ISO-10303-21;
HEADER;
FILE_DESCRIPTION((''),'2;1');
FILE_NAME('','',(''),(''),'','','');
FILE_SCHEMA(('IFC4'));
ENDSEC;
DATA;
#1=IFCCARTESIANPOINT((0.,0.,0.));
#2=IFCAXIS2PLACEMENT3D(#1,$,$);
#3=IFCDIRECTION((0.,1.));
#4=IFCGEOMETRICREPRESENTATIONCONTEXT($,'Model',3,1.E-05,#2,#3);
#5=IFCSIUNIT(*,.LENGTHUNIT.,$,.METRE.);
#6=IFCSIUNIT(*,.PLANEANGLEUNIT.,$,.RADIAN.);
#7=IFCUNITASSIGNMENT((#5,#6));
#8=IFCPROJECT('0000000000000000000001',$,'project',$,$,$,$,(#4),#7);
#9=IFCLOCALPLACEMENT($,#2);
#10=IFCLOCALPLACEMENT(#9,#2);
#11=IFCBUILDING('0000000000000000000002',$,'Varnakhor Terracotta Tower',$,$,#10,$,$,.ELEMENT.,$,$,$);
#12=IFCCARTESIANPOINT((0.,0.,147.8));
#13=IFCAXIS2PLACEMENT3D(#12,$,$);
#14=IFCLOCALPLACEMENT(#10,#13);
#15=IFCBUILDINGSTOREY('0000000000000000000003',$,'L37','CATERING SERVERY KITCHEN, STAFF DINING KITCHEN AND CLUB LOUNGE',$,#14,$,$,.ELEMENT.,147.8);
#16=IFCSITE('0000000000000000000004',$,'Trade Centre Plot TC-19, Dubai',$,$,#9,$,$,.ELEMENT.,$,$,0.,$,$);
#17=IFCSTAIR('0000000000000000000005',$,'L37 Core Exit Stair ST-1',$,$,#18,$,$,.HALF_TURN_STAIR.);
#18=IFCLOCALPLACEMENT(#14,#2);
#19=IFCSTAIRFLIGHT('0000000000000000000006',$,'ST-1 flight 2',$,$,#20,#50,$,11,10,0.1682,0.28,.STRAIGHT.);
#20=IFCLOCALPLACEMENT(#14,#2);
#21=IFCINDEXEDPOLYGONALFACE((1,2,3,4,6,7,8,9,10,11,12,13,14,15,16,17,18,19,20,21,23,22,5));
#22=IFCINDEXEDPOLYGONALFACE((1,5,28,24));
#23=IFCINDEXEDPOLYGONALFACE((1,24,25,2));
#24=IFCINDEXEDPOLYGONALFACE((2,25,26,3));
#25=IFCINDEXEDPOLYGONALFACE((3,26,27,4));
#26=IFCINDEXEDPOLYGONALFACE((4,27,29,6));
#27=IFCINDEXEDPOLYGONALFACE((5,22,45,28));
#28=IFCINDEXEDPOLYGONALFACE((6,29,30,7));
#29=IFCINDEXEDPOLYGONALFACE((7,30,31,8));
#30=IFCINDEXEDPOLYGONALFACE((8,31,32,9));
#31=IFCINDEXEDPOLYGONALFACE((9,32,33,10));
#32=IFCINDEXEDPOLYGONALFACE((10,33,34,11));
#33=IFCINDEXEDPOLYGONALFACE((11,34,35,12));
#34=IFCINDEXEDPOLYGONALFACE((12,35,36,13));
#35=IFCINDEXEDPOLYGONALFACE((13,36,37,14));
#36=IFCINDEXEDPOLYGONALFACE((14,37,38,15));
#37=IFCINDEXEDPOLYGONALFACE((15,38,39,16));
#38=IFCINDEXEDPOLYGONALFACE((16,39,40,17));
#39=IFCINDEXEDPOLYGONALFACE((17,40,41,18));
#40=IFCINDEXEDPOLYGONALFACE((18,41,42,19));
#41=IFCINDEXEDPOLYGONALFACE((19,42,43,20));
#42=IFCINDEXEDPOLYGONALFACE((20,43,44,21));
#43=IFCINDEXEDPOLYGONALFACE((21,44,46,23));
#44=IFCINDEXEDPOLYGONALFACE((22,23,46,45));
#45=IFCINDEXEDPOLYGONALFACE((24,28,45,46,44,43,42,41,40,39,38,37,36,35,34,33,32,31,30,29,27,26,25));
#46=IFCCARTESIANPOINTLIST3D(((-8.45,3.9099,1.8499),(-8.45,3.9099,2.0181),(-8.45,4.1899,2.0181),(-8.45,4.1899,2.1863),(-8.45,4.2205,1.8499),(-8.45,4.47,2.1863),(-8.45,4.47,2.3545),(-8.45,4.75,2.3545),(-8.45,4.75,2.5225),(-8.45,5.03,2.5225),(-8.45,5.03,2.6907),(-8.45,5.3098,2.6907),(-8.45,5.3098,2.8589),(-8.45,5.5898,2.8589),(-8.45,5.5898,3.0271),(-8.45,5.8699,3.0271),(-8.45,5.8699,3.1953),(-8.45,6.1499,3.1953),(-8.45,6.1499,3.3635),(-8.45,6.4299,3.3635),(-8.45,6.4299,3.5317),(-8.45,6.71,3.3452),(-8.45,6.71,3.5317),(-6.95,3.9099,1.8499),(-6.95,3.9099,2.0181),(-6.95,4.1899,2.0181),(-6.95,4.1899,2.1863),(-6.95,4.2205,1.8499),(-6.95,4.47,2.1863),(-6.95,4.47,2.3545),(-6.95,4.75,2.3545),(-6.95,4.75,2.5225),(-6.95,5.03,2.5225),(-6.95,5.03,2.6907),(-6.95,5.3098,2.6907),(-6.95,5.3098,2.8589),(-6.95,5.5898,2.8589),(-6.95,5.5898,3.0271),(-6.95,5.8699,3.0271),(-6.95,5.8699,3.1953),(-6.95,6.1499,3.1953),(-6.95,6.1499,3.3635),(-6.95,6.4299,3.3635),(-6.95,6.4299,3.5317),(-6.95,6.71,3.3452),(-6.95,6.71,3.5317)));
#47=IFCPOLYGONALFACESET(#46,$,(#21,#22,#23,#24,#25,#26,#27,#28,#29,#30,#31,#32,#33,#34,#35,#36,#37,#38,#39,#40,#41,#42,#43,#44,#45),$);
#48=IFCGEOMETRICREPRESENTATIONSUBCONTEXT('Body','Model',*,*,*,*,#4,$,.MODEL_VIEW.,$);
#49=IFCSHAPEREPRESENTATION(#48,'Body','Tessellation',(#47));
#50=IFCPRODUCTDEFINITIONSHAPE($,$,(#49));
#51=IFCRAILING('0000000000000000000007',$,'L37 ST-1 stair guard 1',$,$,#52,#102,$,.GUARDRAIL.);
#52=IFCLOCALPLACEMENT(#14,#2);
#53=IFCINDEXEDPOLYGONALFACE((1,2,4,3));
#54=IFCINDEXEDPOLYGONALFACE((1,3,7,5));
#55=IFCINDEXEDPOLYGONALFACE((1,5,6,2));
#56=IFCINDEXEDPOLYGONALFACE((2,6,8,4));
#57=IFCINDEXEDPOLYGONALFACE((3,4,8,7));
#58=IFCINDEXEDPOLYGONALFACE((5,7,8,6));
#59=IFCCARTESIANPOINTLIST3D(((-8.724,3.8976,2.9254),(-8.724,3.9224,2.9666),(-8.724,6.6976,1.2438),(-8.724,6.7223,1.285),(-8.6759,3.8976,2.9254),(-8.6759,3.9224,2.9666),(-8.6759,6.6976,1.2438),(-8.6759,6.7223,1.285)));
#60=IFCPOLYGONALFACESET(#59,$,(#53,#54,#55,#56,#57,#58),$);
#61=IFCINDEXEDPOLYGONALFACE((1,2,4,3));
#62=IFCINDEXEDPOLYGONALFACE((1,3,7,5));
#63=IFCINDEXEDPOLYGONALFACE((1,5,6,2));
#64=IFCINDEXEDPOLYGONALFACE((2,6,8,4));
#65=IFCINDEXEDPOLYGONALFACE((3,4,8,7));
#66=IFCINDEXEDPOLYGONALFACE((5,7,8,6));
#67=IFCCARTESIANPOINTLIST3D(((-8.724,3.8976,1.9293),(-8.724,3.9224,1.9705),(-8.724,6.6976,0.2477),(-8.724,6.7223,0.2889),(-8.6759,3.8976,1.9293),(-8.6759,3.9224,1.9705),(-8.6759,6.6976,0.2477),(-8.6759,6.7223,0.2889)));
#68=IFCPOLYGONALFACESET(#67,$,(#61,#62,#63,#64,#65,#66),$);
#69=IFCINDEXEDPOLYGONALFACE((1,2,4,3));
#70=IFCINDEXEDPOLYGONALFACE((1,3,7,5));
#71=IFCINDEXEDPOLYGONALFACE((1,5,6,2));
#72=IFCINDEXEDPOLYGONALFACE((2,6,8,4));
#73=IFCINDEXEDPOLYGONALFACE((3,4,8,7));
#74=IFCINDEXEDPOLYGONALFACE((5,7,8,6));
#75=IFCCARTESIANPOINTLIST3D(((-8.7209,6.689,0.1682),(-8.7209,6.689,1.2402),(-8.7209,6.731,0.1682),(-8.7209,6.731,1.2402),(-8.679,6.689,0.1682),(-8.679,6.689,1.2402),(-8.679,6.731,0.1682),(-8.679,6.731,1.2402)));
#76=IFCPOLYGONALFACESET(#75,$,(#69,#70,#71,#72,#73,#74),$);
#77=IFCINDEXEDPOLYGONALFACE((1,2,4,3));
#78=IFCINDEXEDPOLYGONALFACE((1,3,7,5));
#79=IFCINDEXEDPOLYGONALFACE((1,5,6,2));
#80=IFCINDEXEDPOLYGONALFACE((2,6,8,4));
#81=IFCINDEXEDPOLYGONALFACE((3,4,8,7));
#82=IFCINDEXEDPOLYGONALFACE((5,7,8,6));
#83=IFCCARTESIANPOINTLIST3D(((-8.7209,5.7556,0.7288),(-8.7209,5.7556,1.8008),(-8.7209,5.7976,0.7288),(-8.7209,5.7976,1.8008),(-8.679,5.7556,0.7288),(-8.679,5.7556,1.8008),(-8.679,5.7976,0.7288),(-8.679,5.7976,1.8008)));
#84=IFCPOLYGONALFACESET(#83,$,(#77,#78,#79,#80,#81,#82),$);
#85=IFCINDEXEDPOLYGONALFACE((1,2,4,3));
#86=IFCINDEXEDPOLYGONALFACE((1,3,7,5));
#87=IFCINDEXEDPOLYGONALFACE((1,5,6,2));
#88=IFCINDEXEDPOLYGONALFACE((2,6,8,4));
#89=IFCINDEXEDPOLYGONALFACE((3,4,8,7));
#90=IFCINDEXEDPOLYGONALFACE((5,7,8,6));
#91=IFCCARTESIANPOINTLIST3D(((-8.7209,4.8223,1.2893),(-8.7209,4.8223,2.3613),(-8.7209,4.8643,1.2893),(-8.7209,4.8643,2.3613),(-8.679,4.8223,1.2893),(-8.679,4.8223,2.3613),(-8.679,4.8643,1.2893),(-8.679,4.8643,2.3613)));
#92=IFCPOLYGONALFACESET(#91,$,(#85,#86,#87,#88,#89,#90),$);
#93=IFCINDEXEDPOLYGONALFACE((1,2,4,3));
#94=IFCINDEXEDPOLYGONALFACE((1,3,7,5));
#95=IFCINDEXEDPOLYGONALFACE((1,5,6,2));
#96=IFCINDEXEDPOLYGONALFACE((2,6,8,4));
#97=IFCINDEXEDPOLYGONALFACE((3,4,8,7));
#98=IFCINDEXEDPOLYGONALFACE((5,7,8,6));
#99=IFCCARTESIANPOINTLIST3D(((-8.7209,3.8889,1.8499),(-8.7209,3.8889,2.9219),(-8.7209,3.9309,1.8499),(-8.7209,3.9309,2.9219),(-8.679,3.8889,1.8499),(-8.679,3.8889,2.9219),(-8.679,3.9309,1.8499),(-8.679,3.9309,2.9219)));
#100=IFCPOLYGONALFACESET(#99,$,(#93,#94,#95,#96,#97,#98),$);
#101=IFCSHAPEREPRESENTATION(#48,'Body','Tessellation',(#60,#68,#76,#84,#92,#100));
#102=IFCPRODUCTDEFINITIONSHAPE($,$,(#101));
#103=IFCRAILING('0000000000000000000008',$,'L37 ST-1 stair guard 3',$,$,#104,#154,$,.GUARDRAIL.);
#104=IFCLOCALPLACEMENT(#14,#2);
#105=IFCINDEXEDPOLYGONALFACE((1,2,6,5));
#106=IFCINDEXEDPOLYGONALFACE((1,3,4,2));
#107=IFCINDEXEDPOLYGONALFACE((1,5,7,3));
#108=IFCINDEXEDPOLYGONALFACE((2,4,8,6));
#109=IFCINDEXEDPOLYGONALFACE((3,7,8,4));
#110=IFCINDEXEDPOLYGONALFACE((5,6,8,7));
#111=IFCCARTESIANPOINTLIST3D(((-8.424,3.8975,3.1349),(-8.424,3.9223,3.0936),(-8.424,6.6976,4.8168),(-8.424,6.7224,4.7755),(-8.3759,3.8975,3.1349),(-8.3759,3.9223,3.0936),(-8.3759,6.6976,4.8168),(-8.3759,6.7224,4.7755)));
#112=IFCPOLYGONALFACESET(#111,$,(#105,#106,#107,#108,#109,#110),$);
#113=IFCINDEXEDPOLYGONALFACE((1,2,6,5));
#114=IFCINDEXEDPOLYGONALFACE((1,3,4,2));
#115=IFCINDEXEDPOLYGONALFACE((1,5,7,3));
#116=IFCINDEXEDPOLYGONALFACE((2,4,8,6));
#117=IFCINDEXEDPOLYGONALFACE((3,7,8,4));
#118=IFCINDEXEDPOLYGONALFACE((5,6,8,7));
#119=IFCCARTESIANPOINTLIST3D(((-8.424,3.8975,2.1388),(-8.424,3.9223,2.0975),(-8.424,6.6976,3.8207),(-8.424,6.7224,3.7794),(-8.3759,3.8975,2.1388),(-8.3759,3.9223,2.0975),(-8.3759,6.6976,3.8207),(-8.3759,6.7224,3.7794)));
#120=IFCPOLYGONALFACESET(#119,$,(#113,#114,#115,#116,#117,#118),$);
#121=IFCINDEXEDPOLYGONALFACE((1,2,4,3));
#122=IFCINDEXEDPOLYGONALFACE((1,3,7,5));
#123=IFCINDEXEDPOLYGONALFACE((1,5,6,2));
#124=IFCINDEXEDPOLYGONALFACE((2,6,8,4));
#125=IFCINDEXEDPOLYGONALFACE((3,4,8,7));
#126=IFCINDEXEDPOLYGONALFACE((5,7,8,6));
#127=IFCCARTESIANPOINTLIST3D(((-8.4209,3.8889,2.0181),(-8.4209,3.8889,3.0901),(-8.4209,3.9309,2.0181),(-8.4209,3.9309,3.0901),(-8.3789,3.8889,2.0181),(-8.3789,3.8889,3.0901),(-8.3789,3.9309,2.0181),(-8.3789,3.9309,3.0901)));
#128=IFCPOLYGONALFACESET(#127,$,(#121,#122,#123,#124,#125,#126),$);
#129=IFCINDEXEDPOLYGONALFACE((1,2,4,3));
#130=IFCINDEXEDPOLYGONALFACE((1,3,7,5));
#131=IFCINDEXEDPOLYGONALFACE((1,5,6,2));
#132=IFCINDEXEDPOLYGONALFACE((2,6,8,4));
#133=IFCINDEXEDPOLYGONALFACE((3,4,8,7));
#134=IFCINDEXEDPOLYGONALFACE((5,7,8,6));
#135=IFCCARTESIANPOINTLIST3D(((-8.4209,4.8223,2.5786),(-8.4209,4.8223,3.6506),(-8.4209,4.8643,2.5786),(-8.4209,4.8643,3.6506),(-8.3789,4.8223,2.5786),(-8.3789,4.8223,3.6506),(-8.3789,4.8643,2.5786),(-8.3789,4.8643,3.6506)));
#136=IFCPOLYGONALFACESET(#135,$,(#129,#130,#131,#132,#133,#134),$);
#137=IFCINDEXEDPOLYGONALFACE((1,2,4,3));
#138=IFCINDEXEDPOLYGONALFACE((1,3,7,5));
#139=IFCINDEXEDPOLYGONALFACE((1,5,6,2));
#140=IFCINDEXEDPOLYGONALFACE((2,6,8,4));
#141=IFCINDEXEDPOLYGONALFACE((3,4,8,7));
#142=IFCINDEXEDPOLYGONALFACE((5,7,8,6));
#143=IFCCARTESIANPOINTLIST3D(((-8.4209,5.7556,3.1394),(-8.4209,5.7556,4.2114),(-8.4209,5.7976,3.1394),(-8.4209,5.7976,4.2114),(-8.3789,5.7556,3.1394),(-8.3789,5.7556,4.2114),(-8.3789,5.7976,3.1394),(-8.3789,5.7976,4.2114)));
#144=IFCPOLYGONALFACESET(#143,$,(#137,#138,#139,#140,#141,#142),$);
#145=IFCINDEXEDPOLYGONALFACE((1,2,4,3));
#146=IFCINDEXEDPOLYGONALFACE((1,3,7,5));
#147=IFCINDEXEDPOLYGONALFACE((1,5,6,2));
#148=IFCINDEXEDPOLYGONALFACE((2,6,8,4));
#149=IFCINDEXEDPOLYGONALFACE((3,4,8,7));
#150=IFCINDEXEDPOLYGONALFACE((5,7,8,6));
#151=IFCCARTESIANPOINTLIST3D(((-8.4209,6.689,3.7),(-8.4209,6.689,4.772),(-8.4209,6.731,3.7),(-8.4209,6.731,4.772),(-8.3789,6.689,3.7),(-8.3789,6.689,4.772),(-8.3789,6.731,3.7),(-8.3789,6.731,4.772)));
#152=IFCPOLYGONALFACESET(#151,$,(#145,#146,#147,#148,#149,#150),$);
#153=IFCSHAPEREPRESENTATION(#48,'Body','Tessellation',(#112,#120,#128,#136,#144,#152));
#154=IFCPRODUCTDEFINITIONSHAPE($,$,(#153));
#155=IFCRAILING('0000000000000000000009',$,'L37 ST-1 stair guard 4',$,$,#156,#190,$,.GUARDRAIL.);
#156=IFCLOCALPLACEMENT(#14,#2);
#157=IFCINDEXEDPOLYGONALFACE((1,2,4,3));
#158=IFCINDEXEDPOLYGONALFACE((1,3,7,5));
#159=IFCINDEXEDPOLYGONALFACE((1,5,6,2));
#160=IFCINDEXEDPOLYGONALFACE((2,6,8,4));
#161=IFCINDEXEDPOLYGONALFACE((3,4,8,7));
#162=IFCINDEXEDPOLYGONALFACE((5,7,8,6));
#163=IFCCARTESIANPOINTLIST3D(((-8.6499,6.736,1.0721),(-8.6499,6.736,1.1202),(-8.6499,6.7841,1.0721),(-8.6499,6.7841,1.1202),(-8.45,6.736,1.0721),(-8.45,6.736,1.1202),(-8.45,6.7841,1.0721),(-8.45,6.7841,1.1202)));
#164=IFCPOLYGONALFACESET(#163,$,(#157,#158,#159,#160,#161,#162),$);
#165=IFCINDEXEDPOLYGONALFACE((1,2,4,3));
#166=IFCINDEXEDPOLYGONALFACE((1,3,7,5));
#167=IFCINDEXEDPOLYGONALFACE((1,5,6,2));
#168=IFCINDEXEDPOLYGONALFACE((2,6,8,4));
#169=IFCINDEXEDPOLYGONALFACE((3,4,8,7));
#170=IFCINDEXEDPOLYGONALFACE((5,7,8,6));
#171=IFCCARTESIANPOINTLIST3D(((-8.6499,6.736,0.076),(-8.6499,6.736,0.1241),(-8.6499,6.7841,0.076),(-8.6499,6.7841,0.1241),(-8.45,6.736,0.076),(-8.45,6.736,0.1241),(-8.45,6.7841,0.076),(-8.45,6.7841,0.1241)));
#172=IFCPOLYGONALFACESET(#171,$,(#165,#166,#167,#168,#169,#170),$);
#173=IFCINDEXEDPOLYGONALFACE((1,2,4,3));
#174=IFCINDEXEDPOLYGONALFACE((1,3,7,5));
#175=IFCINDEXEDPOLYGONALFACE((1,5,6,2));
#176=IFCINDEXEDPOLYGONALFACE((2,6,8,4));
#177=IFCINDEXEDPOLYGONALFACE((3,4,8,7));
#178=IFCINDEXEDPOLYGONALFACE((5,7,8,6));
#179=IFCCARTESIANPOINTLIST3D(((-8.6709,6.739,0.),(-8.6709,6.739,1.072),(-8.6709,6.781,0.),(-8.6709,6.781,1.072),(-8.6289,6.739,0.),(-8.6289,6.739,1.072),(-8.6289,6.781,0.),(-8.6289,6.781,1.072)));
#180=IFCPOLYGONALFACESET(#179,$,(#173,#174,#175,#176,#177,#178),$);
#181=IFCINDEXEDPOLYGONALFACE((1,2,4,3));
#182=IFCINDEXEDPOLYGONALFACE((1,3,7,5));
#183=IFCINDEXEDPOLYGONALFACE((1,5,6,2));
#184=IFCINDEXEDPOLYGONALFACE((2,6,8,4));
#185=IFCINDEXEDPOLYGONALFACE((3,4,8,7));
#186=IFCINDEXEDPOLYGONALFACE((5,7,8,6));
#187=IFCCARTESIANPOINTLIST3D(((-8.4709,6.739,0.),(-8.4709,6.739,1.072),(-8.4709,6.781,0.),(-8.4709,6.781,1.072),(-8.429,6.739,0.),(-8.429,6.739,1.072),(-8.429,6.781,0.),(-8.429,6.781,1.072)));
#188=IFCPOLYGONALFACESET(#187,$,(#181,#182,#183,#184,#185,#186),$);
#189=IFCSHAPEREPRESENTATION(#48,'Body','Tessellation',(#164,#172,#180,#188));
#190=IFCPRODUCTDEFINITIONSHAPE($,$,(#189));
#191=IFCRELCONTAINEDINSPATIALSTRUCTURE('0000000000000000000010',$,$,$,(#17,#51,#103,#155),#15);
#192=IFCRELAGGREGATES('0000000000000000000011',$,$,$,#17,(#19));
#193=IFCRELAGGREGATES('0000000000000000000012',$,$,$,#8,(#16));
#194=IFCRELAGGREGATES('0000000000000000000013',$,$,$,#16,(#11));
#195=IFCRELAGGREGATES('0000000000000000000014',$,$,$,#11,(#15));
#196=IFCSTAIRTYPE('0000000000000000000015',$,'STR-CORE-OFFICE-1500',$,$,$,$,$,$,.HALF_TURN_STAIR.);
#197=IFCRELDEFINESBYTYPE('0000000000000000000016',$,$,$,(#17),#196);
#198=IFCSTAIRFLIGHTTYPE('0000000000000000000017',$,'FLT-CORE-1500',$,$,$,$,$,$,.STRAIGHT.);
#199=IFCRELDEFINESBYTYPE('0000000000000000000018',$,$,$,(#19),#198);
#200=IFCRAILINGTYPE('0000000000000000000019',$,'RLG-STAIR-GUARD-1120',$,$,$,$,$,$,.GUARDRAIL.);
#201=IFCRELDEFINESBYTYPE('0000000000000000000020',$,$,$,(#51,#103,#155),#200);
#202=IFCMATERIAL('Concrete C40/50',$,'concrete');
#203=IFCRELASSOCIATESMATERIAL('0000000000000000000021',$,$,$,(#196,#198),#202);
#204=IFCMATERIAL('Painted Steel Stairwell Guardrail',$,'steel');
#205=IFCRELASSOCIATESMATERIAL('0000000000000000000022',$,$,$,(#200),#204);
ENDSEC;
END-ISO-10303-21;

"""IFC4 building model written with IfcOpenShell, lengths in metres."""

from ifc_helpers import new_model, si_unit, direction, frame, origin, origin_2d, place, context, subcontext, project, spatial, polyline, rectangle, outline, extrude, material, type_object, element, aggregate, save


model = new_model("IFC4")

# Units and contexts
model_context = context("Model", 3, precision=1e-05, world=origin(), true_north=direction((0.0, 1.0)))
body_context = subcontext(model_context, "Body", "Model", "MODEL_VIEW")
ifc_project = project(units=[si_unit("LENGTHUNIT", "METRE"), si_unit("PLANEANGLEUNIT", "RADIAN")], contexts=[model_context])

# Site, building, storey
site_placement = place(None, origin())
site = spatial("IfcSite", under=ifc_project, at=site_placement, Name="Trade Centre Plot TC-19, Dubai", CompositionType="ELEMENT", RefElevation=0.0)
building_placement = place(site_placement, origin())
building = spatial("IfcBuilding", under=site, at=building_placement, Name="Varnakhor Terracotta Tower", CompositionType="ELEMENT")
storey_placement = place(building_placement, frame((0.0, 0.0, 147.8)))
storey = spatial("IfcBuildingStorey", under=building, at=storey_placement, Name="L37", Description="CATERING SERVERY KITCHEN, STAFF DINING KITCHEN AND CLUB LOUNGE", CompositionType="ELEMENT", Elevation=147.8)

# Shared definitions
ifc_material_1 = material(Name="Concrete C40/50", Category="concrete")

# Stair, stair flight
stair_type = type_object("IfcStairType", Name="STR-CORE-OFFICE-1500", PredefinedType="HALF_TURN_STAIR", material=ifc_material_1)
stair_placement = place(storey_placement, origin())
stair = element("IfcStair", 1, at=stair_placement, inside=storey, type_object=stair_type, Name="L37 Core Exit Stair ST-1", PredefinedType="HALF_TURN_STAIR")
stair_flight_type = type_object("IfcStairFlightType", Name="FLT-CORE-1500", PredefinedType="STRAIGHT", material=ifc_material_1)
stair_flight_1_placement = place(storey_placement, frame((-7.7, 3.9099, 1.8499), z_axis=(0.0, 0.0, 1.0), x_axis=(0.0, 1.0, 0.0)))
stair_flight_1 = element("IfcStairFlight", 2, at=stair_flight_1_placement, type_object=stair_flight_type, Name="ST-1 flight 2", NumberOfRisers=11, NumberOfTreads=10, PredefinedType="STRAIGHT", RiserHeight=0.1682, TreadLength=0.28, context=body_context, shape_type="SweptSolid", body=[
    extrude(outline(polyline([(0.0, 0.0), (0.0, 0.1682), (0.28, 0.1682), (0.28, 0.3364), (0.5601, 0.3364), (0.5601, 0.5046), (0.8401, 0.5046), (0.8401, 0.6726), (1.1201, 0.6726), (1.1201, 0.8408), (1.3999, 0.8408), (1.3999, 1.009), (1.6799, 1.009), (1.6799, 1.1772), (1.96, 1.1772), (1.96, 1.3455), (2.24, 1.3455), (2.24, 1.5137), (2.52, 1.5137), (2.52, 1.6819), (2.8, 1.6819), (2.8, 1.8501), (2.8, 1.4954), (0.3105, 0.0), (0.0, 0.0)])), frame((0.0, 0.75, 0.0), z_axis=(0.0, -1.0, 0.0), x_axis=(1.0, 0.0, 0.0)), (0.0, 0.0, 1.0), 1.5),
])
aggregate(stair, [stair_flight_1])

# Railings
ifc_material_2 = material(Name="Painted Steel Stairwell Guardrail", Category="steel")
railing_type_1 = type_object("IfcRailingType", Name="RLG-STAIR-GUARD-1120", PredefinedType="GUARDRAIL", material=ifc_material_2)
railing_1_placement = place(storey_placement, frame((-8.7, 6.71, 0.1682)))
element("IfcRailing", 3, at=railing_1_placement, inside=storey, type_object=railing_type_1, Name="L37 ST-1 stair guard 1", PredefinedType="GUARDRAIL", context=body_context, shape_type="SweptSolid", body=[
    extrude(rectangle(XDim=0.0481, YDim=0.0481, at=origin_2d()), frame((0.0, 0.0, 1.0962), z_axis=(0.0, -0.857275, 0.514858), x_axis=(1.0, 0.0, 0.0)), (0.0, 0.0, 1.0), 3.2661),
    extrude(rectangle(XDim=0.0481, YDim=0.0481, at=origin_2d()), frame((0.0, 0.0, 0.1001), z_axis=(0.0, -0.857275, 0.514858), x_axis=(1.0, 0.0, 0.0)), (0.0, 0.0, 1.0), 3.2661),
    extrude(rectangle(XDim=0.042, YDim=0.042, at=origin_2d()), origin(), (0.0, 0.0, 1.0), 1.072),
    extrude(rectangle(XDim=0.042, YDim=0.042, at=origin_2d()), frame((0.0, -0.9333, 0.5605)), (0.0, 0.0, 1.0), 1.072),
    extrude(rectangle(XDim=0.042, YDim=0.042, at=origin_2d()), frame((0.0, -1.8667, 1.1211)), (0.0, 0.0, 1.0), 1.072),
    extrude(rectangle(XDim=0.042, YDim=0.042, at=origin_2d()), frame((0.0, -2.8, 1.6816)), (0.0, 0.0, 1.0), 1.072),
])
railing_2_placement = place(storey_placement, frame((-8.3999, 3.9099, 2.0181)))
element("IfcRailing", 4, at=railing_2_placement, inside=storey, type_object=railing_type_1, Name="L37 ST-1 stair guard 3", PredefinedType="GUARDRAIL", context=body_context, shape_type="SweptSolid", body=[
    extrude(rectangle(XDim=0.0481, YDim=0.0481, at=origin_2d()), frame((0.0, 0.0, 1.0962), z_axis=(0.0, 0.857242, 0.514913), x_axis=(-1.0, 0.0, 0.0)), (0.0, 0.0, 1.0), 3.2664),
    extrude(rectangle(XDim=0.0481, YDim=0.0481, at=origin_2d()), frame((0.0, 0.0, 0.1001), z_axis=(0.0, 0.857242, 0.514913), x_axis=(-1.0, 0.0, 0.0)), (0.0, 0.0, 1.0), 3.2664),
    extrude(rectangle(XDim=0.042, YDim=0.042, at=origin_2d()), origin(), (0.0, 0.0, 1.0), 1.072),
    extrude(rectangle(XDim=0.042, YDim=0.042, at=origin_2d()), frame((0.0, 0.9333, 0.5605)), (0.0, 0.0, 1.0), 1.072),
    extrude(rectangle(XDim=0.042, YDim=0.042, at=origin_2d()), frame((0.0, 1.8667, 1.1213)), (0.0, 0.0, 1.0), 1.072),
    extrude(rectangle(XDim=0.042, YDim=0.042, at=origin_2d()), frame((0.0, 2.8, 1.6819)), (0.0, 0.0, 1.0), 1.072),
])
railing_3_placement = place(storey_placement, frame((-8.6499, 6.76, 0.0)))
element("IfcRailing", 5, at=railing_3_placement, inside=storey, type_object=railing_type_1, Name="L37 ST-1 stair guard 4", PredefinedType="GUARDRAIL", context=body_context, shape_type="SweptSolid", body=[
    extrude(rectangle(XDim=0.0481, YDim=0.0481, at=origin_2d()), frame((0.0, 0.0, 1.0962), z_axis=(1.0, 0.0, 0.0), x_axis=(0.0, 1.0, 0.0)), (0.0, 0.0, 1.0), 0.2),
    extrude(rectangle(XDim=0.0481, YDim=0.0481, at=origin_2d()), frame((0.0, 0.0, 0.1001), z_axis=(1.0, 0.0, 0.0), x_axis=(0.0, 1.0, 0.0)), (0.0, 0.0, 1.0), 0.2),
    extrude(rectangle(XDim=0.042, YDim=0.042, at=origin_2d()), origin(), (0.0, 0.0, 1.0), 1.072),
    extrude(rectangle(XDim=0.042, YDim=0.042, at=origin_2d()), frame((0.2, 0.0, 0.0)), (0.0, 0.0, 1.0), 1.072),
])

save(model, "model.ifc")
